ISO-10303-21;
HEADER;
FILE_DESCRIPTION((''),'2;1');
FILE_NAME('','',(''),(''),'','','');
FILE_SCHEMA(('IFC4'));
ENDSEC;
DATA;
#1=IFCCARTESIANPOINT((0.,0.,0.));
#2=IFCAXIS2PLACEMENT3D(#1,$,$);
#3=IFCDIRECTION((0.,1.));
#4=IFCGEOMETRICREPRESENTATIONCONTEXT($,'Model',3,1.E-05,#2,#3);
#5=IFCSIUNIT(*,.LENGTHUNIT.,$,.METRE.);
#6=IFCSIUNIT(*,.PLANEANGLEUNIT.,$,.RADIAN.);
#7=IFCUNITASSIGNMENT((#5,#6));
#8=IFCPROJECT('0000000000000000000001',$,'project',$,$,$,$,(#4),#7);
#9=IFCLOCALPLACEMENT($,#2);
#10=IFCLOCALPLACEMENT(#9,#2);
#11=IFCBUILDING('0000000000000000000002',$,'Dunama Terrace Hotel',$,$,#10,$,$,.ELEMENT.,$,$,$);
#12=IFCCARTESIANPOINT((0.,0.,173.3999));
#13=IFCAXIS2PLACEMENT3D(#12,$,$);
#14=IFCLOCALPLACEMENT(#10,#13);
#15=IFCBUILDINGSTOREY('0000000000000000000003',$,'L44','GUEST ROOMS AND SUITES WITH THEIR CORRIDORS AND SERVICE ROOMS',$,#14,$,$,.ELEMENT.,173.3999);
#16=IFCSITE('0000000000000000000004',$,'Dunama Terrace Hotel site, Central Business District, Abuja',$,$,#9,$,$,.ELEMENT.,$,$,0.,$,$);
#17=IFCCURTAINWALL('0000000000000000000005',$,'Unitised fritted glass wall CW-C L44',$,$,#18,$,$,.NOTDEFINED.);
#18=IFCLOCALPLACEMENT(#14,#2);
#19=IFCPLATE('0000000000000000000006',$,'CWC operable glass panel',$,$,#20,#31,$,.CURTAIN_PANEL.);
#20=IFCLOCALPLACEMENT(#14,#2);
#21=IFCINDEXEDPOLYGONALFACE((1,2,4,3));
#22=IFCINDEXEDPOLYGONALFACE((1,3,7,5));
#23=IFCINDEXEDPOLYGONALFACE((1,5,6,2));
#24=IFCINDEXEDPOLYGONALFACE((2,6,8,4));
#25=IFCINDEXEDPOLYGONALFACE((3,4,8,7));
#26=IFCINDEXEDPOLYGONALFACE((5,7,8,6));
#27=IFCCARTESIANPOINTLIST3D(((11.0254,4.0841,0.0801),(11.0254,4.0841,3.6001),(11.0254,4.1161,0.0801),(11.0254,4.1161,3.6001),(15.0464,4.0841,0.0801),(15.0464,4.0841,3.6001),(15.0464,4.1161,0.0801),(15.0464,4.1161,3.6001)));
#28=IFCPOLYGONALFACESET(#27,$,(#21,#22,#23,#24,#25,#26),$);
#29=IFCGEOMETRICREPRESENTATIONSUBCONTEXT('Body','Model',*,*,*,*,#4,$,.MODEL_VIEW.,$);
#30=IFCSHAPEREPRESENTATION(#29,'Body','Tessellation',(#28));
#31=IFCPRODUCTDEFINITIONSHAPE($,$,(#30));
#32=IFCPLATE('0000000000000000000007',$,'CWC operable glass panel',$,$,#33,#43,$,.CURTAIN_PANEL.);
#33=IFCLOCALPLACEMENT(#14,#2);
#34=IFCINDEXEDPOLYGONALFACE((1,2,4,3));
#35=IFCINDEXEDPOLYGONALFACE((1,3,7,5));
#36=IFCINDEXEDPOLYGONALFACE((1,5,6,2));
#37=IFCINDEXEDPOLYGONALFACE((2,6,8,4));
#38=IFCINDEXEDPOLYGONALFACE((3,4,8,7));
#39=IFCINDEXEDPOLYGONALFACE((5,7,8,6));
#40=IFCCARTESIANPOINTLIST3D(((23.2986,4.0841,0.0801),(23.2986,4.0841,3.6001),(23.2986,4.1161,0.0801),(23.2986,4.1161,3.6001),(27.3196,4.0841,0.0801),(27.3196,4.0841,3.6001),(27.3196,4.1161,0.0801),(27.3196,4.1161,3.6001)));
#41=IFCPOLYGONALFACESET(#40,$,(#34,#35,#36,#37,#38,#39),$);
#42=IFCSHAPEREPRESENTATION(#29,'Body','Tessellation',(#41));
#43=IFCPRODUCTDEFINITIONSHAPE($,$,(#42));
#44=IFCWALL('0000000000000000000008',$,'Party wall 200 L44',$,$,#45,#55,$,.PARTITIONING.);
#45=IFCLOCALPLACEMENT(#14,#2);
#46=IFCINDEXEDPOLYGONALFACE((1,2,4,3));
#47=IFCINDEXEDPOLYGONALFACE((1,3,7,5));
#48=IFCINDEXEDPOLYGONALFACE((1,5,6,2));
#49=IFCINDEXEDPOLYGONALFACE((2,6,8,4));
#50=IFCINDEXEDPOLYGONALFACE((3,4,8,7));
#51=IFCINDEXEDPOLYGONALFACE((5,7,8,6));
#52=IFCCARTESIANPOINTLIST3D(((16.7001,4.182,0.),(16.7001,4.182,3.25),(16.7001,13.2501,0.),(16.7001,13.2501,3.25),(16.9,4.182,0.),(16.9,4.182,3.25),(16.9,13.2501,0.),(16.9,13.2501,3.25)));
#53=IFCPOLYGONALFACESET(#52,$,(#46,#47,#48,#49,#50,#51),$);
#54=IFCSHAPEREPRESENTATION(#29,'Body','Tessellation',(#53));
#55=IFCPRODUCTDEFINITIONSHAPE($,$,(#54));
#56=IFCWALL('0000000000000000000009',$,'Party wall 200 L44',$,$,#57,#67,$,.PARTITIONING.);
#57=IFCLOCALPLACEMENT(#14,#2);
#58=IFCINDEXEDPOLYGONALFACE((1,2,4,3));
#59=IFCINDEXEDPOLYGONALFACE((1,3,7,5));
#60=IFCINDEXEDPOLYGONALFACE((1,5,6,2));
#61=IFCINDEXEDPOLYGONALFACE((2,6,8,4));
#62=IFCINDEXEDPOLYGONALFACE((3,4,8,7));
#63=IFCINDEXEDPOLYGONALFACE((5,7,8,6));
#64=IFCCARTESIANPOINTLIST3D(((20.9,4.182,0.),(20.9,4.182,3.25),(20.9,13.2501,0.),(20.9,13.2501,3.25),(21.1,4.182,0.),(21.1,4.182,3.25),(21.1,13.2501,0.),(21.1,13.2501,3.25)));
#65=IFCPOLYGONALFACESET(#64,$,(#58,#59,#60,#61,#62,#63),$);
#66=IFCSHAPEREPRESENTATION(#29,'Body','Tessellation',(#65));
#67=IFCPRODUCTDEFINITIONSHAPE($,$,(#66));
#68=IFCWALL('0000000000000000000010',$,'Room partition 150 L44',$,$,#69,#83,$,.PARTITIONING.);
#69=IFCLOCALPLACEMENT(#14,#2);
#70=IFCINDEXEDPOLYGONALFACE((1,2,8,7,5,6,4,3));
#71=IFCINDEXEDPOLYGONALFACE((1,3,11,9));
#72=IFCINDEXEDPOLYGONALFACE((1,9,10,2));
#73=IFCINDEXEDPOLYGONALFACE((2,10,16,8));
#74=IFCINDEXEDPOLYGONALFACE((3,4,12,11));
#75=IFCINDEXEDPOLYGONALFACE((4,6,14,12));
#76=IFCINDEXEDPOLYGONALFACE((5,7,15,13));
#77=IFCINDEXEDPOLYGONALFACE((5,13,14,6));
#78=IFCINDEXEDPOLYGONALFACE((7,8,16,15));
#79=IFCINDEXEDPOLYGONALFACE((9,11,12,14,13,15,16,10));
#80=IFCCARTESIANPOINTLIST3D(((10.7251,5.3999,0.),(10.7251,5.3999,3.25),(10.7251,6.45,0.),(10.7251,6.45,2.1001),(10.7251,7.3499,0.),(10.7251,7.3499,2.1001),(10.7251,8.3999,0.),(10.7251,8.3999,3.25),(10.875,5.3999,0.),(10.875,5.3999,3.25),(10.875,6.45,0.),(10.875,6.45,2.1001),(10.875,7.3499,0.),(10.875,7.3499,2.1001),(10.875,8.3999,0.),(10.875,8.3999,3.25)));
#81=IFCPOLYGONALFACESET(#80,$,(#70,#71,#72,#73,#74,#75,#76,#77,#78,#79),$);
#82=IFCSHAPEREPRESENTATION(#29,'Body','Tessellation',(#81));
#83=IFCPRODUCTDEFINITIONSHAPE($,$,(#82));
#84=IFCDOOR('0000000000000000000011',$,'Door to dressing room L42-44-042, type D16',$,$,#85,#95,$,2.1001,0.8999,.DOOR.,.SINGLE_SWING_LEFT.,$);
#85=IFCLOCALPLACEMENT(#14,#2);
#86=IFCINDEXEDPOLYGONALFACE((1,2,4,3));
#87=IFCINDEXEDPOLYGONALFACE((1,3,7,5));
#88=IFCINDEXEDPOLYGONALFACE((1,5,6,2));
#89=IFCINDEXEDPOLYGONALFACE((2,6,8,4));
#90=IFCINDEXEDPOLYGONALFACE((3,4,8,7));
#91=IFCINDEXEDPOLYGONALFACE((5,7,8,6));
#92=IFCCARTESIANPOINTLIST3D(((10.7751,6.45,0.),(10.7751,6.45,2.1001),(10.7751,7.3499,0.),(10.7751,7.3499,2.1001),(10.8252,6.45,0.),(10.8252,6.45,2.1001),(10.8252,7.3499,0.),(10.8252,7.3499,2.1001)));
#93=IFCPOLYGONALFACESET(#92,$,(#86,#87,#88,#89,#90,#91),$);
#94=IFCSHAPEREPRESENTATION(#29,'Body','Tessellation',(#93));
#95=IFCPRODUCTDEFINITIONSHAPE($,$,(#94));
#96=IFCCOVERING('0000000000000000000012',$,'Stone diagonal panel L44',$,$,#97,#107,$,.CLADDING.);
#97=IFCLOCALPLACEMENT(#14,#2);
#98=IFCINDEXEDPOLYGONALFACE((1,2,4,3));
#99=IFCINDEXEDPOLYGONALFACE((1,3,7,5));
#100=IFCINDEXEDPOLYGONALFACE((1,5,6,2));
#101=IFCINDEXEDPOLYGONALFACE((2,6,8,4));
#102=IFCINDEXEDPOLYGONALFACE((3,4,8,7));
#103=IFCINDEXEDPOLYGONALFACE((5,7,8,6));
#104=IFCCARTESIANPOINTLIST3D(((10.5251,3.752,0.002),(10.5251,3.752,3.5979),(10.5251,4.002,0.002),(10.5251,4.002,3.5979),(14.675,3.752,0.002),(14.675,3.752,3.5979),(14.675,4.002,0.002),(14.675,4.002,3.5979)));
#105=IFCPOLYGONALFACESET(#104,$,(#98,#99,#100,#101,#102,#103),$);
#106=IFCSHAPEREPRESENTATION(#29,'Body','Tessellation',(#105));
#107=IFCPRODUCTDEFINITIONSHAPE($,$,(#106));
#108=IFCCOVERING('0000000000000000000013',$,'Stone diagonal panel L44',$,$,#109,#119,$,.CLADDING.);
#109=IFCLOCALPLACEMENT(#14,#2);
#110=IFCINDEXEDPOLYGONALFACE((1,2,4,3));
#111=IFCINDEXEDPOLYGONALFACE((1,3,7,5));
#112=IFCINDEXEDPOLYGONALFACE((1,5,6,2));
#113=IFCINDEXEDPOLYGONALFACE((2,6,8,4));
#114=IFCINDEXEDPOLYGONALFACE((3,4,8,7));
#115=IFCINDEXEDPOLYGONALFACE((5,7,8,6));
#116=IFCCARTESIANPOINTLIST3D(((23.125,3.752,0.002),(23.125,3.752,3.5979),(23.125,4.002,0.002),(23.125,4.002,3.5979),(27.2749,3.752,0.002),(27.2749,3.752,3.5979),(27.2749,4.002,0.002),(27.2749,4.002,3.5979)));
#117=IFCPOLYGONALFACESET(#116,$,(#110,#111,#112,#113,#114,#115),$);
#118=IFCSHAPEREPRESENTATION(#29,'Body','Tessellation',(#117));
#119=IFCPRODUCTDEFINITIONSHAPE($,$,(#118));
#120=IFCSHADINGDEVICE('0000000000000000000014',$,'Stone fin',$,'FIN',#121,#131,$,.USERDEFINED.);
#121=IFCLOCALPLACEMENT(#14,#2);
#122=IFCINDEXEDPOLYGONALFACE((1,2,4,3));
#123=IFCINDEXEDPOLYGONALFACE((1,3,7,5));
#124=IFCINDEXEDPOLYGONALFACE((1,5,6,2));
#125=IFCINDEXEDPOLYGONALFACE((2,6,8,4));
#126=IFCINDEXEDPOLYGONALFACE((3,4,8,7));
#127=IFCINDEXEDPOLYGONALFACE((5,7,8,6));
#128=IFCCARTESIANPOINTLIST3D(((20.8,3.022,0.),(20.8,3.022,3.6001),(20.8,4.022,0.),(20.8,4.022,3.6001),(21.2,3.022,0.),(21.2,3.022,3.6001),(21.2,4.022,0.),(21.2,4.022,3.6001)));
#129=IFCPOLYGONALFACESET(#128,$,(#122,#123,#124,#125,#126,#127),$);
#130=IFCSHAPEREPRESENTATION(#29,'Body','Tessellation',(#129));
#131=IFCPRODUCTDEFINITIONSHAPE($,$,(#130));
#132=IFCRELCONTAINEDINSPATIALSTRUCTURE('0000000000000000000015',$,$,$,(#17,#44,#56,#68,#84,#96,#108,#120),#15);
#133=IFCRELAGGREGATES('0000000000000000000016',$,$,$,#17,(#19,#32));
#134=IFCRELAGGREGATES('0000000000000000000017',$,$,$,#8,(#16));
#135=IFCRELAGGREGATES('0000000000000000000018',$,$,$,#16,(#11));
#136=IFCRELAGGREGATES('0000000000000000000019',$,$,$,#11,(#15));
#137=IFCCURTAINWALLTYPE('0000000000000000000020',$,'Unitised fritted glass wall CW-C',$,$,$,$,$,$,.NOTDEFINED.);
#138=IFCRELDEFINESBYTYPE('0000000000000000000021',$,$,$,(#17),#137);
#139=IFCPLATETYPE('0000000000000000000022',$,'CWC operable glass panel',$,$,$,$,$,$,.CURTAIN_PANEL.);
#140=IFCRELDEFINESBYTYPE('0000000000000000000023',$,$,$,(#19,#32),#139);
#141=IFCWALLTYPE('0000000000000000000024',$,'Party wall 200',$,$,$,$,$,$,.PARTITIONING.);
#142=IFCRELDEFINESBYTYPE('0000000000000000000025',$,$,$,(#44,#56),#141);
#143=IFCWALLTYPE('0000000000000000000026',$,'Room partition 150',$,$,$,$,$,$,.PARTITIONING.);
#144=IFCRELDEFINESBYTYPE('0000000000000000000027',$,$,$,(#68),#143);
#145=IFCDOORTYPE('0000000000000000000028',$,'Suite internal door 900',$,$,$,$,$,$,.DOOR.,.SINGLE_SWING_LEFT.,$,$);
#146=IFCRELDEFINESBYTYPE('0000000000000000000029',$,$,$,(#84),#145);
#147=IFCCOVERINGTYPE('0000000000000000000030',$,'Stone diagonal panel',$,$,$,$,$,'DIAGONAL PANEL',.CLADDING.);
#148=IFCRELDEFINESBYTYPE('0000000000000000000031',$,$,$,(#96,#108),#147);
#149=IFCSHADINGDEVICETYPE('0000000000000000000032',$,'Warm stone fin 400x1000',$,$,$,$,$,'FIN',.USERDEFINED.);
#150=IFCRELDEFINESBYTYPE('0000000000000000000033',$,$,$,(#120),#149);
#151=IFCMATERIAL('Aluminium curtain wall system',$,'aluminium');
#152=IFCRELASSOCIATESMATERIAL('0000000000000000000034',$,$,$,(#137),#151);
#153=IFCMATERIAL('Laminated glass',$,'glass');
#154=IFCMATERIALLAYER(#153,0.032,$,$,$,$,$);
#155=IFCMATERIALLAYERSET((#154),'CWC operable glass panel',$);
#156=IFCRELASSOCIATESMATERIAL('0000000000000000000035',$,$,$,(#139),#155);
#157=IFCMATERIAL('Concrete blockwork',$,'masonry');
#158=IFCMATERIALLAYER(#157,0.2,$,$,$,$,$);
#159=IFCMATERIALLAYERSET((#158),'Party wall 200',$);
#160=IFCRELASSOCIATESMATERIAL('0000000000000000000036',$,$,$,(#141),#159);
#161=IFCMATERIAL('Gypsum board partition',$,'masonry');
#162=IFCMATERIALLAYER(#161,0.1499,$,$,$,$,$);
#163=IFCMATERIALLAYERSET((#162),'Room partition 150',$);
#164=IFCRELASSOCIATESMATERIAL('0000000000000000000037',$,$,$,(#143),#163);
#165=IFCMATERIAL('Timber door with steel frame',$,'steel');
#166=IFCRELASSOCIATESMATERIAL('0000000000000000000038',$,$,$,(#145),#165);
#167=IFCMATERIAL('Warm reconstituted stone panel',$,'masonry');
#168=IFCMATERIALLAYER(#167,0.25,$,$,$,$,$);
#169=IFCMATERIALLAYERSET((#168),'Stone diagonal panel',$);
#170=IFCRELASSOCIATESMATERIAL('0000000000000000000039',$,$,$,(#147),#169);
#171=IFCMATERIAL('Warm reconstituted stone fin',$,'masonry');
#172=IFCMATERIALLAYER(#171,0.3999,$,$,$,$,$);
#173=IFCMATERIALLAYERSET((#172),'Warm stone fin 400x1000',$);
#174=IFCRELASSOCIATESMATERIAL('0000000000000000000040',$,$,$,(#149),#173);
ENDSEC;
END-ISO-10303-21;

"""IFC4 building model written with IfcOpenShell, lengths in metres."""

from ifc_helpers import new_model, si_unit, direction, frame, frame_2d, origin, origin_2d, place, context, subcontext, project, spatial, rectangle, extrude, material, layer, layer_set, type_object, element, fill, aggregate, save


model = new_model("IFC4")

# Units and contexts
model_context = context("Model", 3, precision=1e-05, world=origin(), true_north=direction((0.0, 1.0)))
body_context = subcontext(model_context, "Body", "Model", "MODEL_VIEW")
ifc_project = project(units=[si_unit("LENGTHUNIT", "METRE"), si_unit("PLANEANGLEUNIT", "RADIAN")], contexts=[model_context])

# Site, building, storey
site_placement = place(None, origin())
site = spatial("IfcSite", under=ifc_project, at=site_placement, Name="Dunama Terrace Hotel site, Central Business District, Abuja", CompositionType="ELEMENT", RefElevation=0.0)
building_placement = place(site_placement, origin())
building = spatial("IfcBuilding", under=site, at=building_placement, Name="Dunama Terrace Hotel", CompositionType="ELEMENT")
storey_placement = place(building_placement, frame((0.0, 0.0, 173.3999)))
storey = spatial("IfcBuildingStorey", under=building, at=storey_placement, Name="L44", Description="GUEST ROOMS AND SUITES WITH THEIR CORRIDORS AND SERVICE ROOMS", CompositionType="ELEMENT", Elevation=173.3999)

# Curtain wall
ifc_material_1 = material(Name="Aluminium curtain wall system", Category="aluminium")
curtain_wall_type = type_object("IfcCurtainWallType", Name="Unitised fritted glass wall CW-C", PredefinedType="NOTDEFINED", material=ifc_material_1)
curtain_wall_placement = place(storey_placement, origin())
curtain_wall = element("IfcCurtainWall", 1, at=curtain_wall_placement, inside=storey, type_object=curtain_wall_type, Name="Unitised fritted glass wall CW-C L44", PredefinedType="NOTDEFINED")

# Plates
ifc_material_2 = material(Name="Laminated glass", Category="glass")
ifc_layer_1 = layer(ifc_material_2, 0.032)
ifc_layer_set_1 = layer_set([ifc_layer_1], Name="CWC operable glass panel")
plate_type_1 = type_object("IfcPlateType", Name="CWC operable glass panel", PredefinedType="CURTAIN_PANEL", material=ifc_layer_set_1)
plate_1_placement = place(storey_placement, frame((13.0359, 4.1001, 0.0801), z_axis=(0.0, 0.0, 1.0), x_axis=(1.0, 0.0, 0.0)))
plate_1 = element("IfcPlate", 2, at=plate_1_placement, type_object=plate_type_1, Name="CWC operable glass panel", PredefinedType="CURTAIN_PANEL", context=body_context, shape_type="SweptSolid", body=[
    extrude(rectangle(XDim=4.021, YDim=0.032, at=origin_2d()), origin(), (0.0, 0.0, 1.0), 3.52),
])
plate_2_placement = place(storey_placement, frame((25.3091, 4.1001, 0.0801), z_axis=(0.0, 0.0, 1.0), x_axis=(1.0, 0.0, 0.0)))
plate_2 = element("IfcPlate", 3, at=plate_2_placement, type_object=plate_type_1, Name="CWC operable glass panel", PredefinedType="CURTAIN_PANEL", context=body_context, shape_type="SweptSolid", body=[
    extrude(rectangle(XDim=4.021, YDim=0.032, at=origin_2d()), origin(), (0.0, 0.0, 1.0), 3.52),
])
aggregate(curtain_wall, [plate_1, plate_2])

# Walls
ifc_material_3 = material(Name="Concrete blockwork", Category="masonry")
ifc_layer_2 = layer(ifc_material_3, 0.2)
ifc_layer_set_2 = layer_set([ifc_layer_2], Name="Party wall 200")
wall_type_1 = type_object("IfcWallType", Name="Party wall 200", PredefinedType="PARTITIONING", material=ifc_layer_set_2)
for number, where, z_axis, x_axis, name in (
    (4, (16.8, 4.1819, 0.0), (0.0, 0.0, 1.0), (0.0, 1.0, 0.0), "Party wall 200 L44"),
    (5, (21.0, 4.1819, 0.0), (0.0, 0.0, 1.0), (0.0, 1.0, 0.0), "Party wall 200 L44"),
):
    element("IfcWall", number, at=place(storey_placement, frame(where, z_axis=z_axis, x_axis=x_axis)), inside=storey, type_object=wall_type_1, Name=name, PredefinedType="PARTITIONING", context=body_context, shape_type="SweptSolid", body=[
        extrude(rectangle(XDim=9.0681, YDim=0.2, at=frame_2d((4.5342, 0.0))), origin(), (0.0, 0.0, 1.0), 3.25),
    ])

# Wall, opening, door
ifc_material_4 = material(Name="Gypsum board partition", Category="masonry")
ifc_layer_3 = layer(ifc_material_4, 0.1499)
ifc_layer_set_3 = layer_set([ifc_layer_3], Name="Room partition 150")
wall_type_2 = type_object("IfcWallType", Name="Room partition 150", PredefinedType="PARTITIONING", material=ifc_layer_set_3)
wall_placement = place(storey_placement, frame((10.8, 5.3999, 0.0), z_axis=(0.0, 0.0, 1.0), x_axis=(0.0, 1.0, 0.0)))
wall = element("IfcWall", 6, at=wall_placement, inside=storey, type_object=wall_type_2, Name="Room partition 150 L44", PredefinedType="PARTITIONING", context=body_context, shape_type="SweptSolid", body=[
    extrude(rectangle(XDim=3.0, YDim=0.1499, at=frame_2d((1.5, 0.0))), origin(), (0.0, 0.0, 1.0), 3.25),
])
opening_placement = place(wall_placement, frame((1.05, 0.0, 0.0)))
opening = element("IfcOpeningElement", 7, at=opening_placement, cuts=wall, PredefinedType="OPENING", context=body_context, shape_type="SweptSolid", body=[
    extrude(rectangle(XDim=0.8999, YDim=2.1001, at=frame_2d((0.45, 1.05))), frame((0.0, 0.085, 0.0), z_axis=(0.0, -1.0, 0.0), x_axis=(1.0, 0.0, 0.0)), (0.0, 0.0, 1.0), 0.1699),
])
ifc_material_5 = material(Name="Timber door with steel frame", Category="steel")
door_type = type_object("IfcDoorType", Name="Suite internal door 900", OperationType="SINGLE_SWING_LEFT", PredefinedType="DOOR", material=ifc_material_5)
door_placement = place(opening_placement, frame((0.8999, 0.0, 0.0), z_axis=(0.0, 0.0, 1.0), x_axis=(-1.0, 0.0, 0.0)))
door = element("IfcDoor", 8, at=door_placement, inside=storey, type_object=door_type, Name="Door to dressing room L42-44-042, type D16", OperationType="SINGLE_SWING_LEFT", OverallHeight=2.1001, OverallWidth=0.8999, PredefinedType="DOOR", context=body_context, shape_type="SweptSolid", body=[
    extrude(rectangle(XDim=0.8999, YDim=2.1001, at=frame_2d((0.45, 1.05))), frame((0.0, 0.0251, 0.0), z_axis=(0.0, -1.0, 0.0), x_axis=(1.0, 0.0, 0.0)), (0.0, 0.0, 1.0), 0.05),
])
fill(opening, door)

# Coverings
ifc_material_6 = material(Name="Warm reconstituted stone panel", Category="masonry")
ifc_layer_4 = layer(ifc_material_6, 0.25)
ifc_layer_set_4 = layer_set([ifc_layer_4], Name="Stone diagonal panel")
covering_type = type_object("IfcCoveringType", Name="Stone diagonal panel", ElementType="DIAGONAL PANEL", PredefinedType="CLADDING", material=ifc_layer_set_4)
for number, where, z_axis, x_axis, name in (
    (9, (12.6001, 3.877, 0.002), (0.0, 0.0, 1.0), (1.0, 0.0, 0.0), "Stone diagonal panel L44"),
    (10, (25.2, 3.877, 0.002), (0.0, 0.0, 1.0), (1.0, 0.0, 0.0), "Stone diagonal panel L44"),
):
    element("IfcCovering", number, at=place(storey_placement, frame(where, z_axis=z_axis, x_axis=x_axis)), inside=storey, type_object=covering_type, Name=name, PredefinedType="CLADDING", context=body_context, shape_type="SweptSolid", body=[
        extrude(rectangle(XDim=4.1499, YDim=0.25, at=origin_2d()), origin(), (0.0, 0.0, 1.0), 3.5959),
    ])

# Shading device
ifc_material_7 = material(Name="Warm reconstituted stone fin", Category="masonry")
ifc_layer_5 = layer(ifc_material_7, 0.3999)
ifc_layer_set_5 = layer_set([ifc_layer_5], Name="Warm stone fin 400x1000")
shading_device_type = type_object("IfcShadingDeviceType", Name="Warm stone fin 400x1000", ElementType="FIN", PredefinedType="USERDEFINED", material=ifc_layer_set_5)
shading_device_placement = place(storey_placement, frame((21.0, 3.522, 0.0), z_axis=(0.0, 0.0, 1.0), x_axis=(1.0, 0.0, 0.0)))
element("IfcShadingDevice", 11, at=shading_device_placement, inside=storey, type_object=shading_device_type, Name="Stone fin", ObjectType="FIN", PredefinedType="USERDEFINED", context=body_context, shape_type="SweptSolid", body=[
    extrude(rectangle(XDim=0.3999, YDim=1.0, at=origin_2d()), origin(), (0.0, 0.0, 1.0), 3.6001),
])

save(model, "model.ifc")
